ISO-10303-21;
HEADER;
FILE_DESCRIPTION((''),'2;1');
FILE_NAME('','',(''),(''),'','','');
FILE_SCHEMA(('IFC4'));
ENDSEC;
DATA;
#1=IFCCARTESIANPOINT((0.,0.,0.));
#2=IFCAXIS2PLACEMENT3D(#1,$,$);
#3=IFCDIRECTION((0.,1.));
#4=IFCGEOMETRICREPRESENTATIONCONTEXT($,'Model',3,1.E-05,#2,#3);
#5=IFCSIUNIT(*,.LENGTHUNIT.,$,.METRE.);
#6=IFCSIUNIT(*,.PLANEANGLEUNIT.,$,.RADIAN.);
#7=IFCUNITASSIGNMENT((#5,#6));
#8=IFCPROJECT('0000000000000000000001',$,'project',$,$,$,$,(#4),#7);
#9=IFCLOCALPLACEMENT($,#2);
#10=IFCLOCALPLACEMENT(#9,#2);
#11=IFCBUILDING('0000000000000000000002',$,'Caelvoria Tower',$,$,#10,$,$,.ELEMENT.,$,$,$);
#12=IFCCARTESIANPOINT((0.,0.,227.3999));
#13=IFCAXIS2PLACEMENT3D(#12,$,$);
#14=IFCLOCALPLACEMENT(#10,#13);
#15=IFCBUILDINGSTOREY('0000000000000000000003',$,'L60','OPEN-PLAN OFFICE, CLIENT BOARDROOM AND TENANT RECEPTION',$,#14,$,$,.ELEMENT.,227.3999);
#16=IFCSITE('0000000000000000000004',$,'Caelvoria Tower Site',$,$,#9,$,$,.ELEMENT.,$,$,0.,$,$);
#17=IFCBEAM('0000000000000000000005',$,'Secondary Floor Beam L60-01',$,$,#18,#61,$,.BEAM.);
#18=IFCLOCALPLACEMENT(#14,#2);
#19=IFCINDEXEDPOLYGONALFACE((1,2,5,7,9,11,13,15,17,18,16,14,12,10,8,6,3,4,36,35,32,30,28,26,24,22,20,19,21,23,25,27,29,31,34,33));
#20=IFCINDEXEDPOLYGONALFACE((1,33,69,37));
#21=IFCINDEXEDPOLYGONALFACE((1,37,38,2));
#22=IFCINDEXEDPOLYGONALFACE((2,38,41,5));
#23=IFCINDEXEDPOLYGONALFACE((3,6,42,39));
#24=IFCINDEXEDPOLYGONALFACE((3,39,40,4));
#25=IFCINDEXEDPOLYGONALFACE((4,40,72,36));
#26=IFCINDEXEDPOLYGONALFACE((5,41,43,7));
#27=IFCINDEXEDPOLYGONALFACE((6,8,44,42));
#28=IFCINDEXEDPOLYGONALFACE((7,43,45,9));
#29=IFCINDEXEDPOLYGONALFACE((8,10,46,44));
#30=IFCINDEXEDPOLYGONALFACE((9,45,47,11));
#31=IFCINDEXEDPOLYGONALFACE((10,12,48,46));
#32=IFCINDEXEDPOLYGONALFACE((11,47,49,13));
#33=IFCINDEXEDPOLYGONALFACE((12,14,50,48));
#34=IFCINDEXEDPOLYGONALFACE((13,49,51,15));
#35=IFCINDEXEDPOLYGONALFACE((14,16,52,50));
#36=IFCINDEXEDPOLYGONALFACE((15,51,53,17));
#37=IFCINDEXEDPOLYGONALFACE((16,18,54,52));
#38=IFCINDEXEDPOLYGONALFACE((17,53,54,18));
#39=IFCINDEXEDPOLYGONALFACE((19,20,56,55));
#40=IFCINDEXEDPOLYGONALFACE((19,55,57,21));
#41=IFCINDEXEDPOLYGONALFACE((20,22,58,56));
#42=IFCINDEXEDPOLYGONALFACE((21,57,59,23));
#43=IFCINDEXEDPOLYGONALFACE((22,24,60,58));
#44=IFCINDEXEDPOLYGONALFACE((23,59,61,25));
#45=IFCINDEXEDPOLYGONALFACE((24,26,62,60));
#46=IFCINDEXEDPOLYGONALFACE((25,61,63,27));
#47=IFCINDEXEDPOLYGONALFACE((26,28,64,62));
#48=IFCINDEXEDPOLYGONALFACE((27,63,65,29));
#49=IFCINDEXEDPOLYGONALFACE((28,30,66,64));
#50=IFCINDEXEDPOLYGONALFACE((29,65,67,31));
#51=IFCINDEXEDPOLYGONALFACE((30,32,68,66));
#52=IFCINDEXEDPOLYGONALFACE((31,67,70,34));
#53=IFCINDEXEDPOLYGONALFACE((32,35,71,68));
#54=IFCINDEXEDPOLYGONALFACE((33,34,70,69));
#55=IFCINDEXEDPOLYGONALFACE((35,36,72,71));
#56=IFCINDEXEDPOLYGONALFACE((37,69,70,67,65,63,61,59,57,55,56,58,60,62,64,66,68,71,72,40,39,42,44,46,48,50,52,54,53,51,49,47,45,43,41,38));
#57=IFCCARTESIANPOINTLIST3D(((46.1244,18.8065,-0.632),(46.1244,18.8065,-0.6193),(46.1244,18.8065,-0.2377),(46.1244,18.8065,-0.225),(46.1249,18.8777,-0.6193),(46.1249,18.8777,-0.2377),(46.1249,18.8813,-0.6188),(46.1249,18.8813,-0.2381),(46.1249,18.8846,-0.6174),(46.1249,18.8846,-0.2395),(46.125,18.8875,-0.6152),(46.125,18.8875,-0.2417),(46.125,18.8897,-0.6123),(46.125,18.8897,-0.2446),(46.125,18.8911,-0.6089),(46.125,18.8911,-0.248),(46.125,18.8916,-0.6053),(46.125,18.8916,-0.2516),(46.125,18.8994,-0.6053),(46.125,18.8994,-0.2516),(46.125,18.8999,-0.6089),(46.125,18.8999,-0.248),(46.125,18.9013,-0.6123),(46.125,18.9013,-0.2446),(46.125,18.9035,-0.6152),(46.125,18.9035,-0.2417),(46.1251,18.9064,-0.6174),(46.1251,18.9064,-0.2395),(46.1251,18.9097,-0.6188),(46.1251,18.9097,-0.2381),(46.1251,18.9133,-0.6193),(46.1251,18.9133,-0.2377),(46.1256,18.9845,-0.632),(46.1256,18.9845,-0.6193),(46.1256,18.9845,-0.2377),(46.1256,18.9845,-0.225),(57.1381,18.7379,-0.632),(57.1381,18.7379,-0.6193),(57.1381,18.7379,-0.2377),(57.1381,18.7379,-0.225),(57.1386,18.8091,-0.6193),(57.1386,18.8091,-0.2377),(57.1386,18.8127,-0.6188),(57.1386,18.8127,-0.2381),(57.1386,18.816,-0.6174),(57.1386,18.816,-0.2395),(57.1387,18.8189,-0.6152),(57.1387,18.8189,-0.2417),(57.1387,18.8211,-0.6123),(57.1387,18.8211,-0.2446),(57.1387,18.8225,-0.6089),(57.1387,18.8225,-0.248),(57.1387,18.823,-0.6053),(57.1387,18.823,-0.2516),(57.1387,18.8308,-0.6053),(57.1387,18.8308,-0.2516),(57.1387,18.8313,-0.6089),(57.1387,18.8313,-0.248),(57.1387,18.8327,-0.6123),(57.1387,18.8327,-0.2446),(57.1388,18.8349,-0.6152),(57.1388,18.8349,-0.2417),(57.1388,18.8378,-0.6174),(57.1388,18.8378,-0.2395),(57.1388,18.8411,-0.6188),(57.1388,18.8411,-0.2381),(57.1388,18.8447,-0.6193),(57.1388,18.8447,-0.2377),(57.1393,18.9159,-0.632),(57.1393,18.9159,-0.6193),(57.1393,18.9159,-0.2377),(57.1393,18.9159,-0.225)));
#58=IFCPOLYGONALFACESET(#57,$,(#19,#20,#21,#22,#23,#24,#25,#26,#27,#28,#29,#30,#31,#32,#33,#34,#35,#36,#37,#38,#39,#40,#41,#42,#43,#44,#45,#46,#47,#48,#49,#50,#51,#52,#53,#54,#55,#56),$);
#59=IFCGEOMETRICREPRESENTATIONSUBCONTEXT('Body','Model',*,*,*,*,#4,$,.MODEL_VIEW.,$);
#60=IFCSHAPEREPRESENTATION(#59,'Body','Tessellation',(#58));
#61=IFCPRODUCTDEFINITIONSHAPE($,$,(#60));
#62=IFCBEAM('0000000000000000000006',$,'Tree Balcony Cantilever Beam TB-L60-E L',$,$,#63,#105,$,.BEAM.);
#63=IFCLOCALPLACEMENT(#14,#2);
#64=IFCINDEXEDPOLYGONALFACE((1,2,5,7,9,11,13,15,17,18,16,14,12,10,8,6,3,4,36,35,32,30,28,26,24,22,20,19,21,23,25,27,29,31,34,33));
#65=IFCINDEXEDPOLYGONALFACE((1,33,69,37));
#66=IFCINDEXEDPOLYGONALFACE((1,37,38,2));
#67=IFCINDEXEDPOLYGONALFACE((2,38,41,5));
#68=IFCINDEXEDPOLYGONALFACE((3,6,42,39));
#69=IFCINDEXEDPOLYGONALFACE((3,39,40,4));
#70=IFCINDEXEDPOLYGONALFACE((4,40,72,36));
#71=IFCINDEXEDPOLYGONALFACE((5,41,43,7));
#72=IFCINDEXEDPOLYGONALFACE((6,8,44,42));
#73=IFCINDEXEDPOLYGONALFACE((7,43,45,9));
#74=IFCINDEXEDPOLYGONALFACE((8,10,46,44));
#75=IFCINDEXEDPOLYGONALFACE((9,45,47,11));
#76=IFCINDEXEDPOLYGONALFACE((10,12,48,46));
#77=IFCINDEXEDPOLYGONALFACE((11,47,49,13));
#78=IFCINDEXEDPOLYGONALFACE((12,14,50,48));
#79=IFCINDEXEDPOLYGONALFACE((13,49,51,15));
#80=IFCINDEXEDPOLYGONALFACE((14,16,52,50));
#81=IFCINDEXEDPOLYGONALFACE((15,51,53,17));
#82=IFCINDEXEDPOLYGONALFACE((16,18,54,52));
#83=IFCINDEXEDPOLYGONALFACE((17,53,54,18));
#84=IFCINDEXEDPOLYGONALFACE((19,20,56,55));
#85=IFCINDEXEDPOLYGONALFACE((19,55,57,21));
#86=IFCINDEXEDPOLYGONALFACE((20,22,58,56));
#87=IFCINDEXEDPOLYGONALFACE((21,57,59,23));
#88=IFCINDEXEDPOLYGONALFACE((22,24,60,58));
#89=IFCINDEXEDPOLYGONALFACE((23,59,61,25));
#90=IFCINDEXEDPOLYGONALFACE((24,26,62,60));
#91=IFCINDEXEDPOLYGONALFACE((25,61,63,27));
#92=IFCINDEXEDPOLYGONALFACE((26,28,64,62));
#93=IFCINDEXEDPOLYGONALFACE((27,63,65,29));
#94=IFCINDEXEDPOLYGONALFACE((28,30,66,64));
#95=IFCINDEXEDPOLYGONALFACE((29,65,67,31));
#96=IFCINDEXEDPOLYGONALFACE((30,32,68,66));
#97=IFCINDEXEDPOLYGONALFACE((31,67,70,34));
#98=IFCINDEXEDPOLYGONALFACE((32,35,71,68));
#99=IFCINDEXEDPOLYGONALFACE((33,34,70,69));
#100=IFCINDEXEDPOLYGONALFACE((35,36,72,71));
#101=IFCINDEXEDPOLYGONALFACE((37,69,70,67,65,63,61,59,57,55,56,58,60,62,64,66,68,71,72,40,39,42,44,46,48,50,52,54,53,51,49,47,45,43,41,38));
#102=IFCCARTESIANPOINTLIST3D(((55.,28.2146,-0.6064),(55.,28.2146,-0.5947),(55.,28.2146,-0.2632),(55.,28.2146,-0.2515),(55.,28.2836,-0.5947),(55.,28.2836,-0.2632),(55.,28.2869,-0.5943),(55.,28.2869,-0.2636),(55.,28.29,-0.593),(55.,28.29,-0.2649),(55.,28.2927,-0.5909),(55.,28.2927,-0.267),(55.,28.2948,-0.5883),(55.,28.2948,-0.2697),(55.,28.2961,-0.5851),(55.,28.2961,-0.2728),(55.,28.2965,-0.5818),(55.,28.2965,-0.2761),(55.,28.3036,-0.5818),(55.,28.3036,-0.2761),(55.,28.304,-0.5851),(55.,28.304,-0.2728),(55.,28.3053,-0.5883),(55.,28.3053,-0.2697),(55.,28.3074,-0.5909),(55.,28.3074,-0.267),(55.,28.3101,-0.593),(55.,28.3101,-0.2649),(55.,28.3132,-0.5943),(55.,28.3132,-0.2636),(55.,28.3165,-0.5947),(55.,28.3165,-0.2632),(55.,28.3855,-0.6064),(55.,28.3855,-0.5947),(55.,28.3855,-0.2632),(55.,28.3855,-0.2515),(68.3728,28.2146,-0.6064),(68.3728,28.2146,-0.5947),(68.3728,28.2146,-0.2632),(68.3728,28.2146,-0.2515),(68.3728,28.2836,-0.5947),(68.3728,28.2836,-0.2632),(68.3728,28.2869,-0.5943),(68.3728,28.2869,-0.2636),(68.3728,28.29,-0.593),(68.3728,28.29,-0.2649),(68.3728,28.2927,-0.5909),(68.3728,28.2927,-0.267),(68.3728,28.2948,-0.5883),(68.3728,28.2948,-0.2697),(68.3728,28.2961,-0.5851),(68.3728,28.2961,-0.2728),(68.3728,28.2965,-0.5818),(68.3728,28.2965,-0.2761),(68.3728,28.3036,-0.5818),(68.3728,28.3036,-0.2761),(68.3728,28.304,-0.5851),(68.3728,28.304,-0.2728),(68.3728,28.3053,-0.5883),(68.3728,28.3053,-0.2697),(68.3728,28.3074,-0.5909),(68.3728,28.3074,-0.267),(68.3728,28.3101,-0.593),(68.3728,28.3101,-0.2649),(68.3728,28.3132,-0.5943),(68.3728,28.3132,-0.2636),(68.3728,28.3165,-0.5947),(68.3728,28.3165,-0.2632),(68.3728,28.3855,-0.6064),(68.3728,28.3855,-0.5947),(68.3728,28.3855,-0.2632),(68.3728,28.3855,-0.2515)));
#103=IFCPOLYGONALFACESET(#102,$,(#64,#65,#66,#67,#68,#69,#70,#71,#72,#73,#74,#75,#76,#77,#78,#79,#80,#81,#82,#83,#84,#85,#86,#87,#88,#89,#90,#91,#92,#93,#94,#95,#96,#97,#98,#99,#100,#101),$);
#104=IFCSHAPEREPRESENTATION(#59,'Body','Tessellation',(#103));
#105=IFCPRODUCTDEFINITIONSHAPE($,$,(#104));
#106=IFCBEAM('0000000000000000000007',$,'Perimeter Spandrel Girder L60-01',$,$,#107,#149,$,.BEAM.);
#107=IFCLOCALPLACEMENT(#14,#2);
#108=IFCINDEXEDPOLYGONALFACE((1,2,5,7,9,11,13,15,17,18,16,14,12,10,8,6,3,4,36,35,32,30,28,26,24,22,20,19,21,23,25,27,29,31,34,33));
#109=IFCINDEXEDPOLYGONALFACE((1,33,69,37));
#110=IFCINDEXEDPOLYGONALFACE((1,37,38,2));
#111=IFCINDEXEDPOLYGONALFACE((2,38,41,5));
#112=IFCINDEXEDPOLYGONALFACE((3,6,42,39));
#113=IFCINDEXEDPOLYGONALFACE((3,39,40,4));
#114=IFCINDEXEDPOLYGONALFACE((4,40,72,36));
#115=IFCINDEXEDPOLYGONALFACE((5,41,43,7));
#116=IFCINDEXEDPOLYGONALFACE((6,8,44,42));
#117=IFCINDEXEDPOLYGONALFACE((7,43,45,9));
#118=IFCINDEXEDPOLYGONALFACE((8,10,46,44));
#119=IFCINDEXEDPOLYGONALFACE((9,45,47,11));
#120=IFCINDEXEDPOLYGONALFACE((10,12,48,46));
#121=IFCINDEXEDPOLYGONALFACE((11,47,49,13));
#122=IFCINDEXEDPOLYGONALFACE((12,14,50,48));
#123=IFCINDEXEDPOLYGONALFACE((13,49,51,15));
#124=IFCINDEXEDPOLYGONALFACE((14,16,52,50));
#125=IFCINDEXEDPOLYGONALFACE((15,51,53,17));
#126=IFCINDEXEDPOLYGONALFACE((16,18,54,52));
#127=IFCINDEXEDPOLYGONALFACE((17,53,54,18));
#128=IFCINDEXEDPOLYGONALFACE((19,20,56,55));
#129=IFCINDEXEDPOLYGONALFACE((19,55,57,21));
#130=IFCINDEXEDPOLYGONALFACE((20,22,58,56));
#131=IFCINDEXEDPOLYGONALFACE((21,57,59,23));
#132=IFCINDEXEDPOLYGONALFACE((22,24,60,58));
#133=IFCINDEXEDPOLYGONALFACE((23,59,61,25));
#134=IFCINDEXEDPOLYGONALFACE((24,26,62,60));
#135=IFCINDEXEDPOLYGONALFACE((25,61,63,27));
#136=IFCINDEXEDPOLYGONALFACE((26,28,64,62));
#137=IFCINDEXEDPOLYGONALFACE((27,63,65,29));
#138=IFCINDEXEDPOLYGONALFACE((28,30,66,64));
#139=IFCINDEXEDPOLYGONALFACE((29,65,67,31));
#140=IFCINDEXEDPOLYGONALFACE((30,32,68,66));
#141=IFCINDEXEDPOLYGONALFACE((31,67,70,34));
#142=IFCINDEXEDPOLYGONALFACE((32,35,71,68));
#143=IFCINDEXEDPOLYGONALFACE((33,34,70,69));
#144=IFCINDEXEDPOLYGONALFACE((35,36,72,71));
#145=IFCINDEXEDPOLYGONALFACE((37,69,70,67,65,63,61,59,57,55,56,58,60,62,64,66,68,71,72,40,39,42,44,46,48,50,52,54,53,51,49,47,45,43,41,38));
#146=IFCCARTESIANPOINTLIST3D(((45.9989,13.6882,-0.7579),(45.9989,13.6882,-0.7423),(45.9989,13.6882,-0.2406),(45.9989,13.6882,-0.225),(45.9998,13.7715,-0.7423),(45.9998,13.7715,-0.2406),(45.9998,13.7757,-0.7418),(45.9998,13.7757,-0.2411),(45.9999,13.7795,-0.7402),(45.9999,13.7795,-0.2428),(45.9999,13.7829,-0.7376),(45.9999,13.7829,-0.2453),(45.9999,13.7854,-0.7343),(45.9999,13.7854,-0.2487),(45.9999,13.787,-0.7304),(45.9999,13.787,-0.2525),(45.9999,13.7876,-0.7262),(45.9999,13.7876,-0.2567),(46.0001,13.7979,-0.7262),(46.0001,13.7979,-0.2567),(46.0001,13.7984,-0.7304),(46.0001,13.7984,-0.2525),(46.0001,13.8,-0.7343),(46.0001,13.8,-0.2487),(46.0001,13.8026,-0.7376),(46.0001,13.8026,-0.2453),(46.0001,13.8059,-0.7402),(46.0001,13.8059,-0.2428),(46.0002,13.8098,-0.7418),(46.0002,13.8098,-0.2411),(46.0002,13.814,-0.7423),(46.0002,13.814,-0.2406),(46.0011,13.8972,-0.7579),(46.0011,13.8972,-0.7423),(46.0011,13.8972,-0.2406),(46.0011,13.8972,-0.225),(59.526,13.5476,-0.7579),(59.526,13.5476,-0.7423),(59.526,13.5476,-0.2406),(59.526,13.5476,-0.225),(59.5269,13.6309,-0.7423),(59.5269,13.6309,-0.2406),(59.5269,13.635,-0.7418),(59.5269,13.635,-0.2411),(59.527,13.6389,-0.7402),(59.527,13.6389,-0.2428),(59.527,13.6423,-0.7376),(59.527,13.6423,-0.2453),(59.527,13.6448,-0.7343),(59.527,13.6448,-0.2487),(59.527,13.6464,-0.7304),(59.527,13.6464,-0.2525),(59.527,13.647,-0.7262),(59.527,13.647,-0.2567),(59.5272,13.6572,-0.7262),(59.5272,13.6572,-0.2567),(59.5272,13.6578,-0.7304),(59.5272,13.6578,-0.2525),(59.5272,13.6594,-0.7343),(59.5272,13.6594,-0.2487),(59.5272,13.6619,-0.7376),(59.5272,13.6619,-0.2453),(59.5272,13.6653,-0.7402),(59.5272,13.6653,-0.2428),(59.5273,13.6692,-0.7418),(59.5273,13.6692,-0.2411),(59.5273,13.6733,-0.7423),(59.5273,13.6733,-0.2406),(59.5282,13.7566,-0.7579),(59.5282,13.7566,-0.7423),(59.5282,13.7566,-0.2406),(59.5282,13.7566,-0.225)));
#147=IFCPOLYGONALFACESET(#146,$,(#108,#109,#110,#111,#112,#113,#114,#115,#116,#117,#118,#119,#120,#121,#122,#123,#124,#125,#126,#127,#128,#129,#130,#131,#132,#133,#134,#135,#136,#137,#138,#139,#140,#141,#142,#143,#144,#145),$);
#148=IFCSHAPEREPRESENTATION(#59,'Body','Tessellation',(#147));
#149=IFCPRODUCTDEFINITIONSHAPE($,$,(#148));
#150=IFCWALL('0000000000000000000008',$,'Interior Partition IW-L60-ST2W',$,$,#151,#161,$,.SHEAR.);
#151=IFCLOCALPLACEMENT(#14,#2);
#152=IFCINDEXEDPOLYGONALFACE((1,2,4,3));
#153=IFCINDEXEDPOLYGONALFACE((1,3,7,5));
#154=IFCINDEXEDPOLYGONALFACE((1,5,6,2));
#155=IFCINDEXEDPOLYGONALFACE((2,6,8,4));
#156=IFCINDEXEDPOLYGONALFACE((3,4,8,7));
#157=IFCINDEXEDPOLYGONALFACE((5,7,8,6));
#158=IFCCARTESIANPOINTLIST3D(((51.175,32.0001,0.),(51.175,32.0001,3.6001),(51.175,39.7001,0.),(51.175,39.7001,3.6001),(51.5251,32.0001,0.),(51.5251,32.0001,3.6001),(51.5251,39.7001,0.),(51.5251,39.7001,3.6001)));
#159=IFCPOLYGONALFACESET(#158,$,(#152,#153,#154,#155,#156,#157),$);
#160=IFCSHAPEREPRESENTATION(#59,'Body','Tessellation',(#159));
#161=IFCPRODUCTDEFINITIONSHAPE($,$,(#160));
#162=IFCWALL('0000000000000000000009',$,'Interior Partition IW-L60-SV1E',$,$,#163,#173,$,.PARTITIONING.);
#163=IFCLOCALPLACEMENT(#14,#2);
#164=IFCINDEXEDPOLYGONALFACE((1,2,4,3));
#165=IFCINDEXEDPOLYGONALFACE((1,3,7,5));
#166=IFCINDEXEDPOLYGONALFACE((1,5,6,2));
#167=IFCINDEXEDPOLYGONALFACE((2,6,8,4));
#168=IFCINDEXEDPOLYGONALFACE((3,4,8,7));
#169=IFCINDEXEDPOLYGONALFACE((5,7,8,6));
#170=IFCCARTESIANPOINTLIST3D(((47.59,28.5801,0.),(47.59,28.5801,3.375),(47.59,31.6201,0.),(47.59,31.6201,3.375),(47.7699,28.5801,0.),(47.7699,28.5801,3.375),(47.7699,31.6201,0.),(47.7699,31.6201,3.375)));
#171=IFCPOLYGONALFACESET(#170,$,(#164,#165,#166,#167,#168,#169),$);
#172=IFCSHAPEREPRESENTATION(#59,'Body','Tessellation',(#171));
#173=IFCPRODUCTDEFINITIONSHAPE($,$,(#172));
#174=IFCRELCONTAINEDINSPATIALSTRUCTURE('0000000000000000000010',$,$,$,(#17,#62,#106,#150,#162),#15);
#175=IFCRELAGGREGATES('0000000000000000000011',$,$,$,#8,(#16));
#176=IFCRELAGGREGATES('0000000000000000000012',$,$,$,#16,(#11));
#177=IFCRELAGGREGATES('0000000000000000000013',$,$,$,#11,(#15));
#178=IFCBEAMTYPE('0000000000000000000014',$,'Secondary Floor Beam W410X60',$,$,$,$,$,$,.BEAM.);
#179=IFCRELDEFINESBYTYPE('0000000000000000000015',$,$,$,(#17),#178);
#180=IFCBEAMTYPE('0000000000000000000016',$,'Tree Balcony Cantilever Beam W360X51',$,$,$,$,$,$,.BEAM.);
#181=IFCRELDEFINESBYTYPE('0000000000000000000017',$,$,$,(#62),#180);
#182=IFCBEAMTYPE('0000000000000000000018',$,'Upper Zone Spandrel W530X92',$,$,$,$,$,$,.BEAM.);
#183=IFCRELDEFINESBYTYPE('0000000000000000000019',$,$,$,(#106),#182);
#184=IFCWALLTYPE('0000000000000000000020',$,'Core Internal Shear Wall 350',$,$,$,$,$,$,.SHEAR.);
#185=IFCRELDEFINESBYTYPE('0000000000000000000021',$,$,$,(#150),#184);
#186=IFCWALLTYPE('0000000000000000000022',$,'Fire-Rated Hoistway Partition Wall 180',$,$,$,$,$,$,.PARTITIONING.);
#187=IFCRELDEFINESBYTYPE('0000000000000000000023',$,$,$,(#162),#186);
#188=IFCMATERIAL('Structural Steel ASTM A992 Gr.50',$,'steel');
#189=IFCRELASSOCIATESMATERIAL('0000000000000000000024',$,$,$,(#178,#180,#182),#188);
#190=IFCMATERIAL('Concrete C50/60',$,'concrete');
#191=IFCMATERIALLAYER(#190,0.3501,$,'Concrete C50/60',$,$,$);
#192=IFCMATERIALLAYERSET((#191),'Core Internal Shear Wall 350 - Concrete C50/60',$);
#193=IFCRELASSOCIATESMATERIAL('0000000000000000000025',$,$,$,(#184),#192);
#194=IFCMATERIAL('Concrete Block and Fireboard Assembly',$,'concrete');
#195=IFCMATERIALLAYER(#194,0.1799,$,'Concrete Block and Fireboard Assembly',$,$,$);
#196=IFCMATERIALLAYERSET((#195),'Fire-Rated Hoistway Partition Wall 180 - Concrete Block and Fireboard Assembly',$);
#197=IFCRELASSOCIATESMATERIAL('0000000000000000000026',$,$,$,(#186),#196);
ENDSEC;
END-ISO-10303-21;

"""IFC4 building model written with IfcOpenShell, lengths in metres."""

from ifc_helpers import new_model, si_unit, direction, frame, frame_2d, origin, origin_2d, place, context, subcontext, project, spatial, rectangle, i_section, extrude, material, layer, layer_set, material_profile, profile_set, type_object, element, save


model = new_model("IFC4")

# Units and contexts
model_context = context("Model", 3, precision=1e-05, world=origin(), true_north=direction((0.0, 1.0)))
body_context = subcontext(model_context, "Body", "Model", "MODEL_VIEW")
ifc_project = project(units=[si_unit("LENGTHUNIT", "METRE"), si_unit("PLANEANGLEUNIT", "RADIAN")], contexts=[model_context])

# Site, building, storey
site_placement = place(None, origin())
site = spatial("IfcSite", under=ifc_project, at=site_placement, Name="Caelvoria Tower Site", CompositionType="ELEMENT", RefElevation=0.0)
building_placement = place(site_placement, origin())
building = spatial("IfcBuilding", under=site, at=building_placement, Name="Caelvoria Tower", CompositionType="ELEMENT")
storey_placement = place(building_placement, frame((0.0, 0.0, 227.3999)))
storey = spatial("IfcBuildingStorey", under=building, at=storey_placement, Name="L60", Description="OPEN-PLAN OFFICE, CLIENT BOARDROOM AND TENANT RECEPTION", CompositionType="ELEMENT", Elevation=227.3999)

# Shared definitions
ifc_material_1 = material(Name="Structural Steel ASTM A992 Gr.50", Category="steel")

# Beams
ifc_material_profile_1 = material_profile(ifc_material_1, i_section(OverallWidth=0.178, OverallDepth=0.407, WebThickness=0.0078, FlangeThickness=0.0127, FilletRadius=0.0139, at=origin_2d()), Name="Structural Steel ASTM A992 Gr.50")
ifc_profile_set_1 = profile_set([ifc_material_profile_1], Name="W410X60 - Structural Steel ASTM A992 Gr.50")
beam_type_1 = type_object("IfcBeamType", Name="Secondary Floor Beam W410X60", PredefinedType="BEAM", material=ifc_profile_set_1)
beam_1_placement = place(storey_placement, frame((46.125, 18.8955, -0.4285), z_axis=(0.999981, -0.006229, 0.0), x_axis=(0.006229, 0.999981, 0.0)))
element("IfcBeam", 1, at=beam_1_placement, inside=storey, type_object=beam_type_1, Name="Secondary Floor Beam L60-01", PredefinedType="BEAM", context=body_context, shape_type="SweptSolid", body=[
    extrude(i_section(OverallWidth=0.178, OverallDepth=0.407, WebThickness=0.0078, FlangeThickness=0.0127, FilletRadius=0.0139, at=origin_2d()), origin(), (0.0, 0.0, 1.0), 11.0139),
])
ifc_material_profile_2 = material_profile(ifc_material_1, i_section(OverallWidth=0.1709, OverallDepth=0.355, WebThickness=0.0071, FlangeThickness=0.0117, FilletRadius=0.0129, at=origin_2d()), Name="Structural Steel ASTM A992 Gr.50")
ifc_profile_set_2 = profile_set([ifc_material_profile_2], Name="W360X51 - Structural Steel ASTM A992 Gr.50")
beam_type_2 = type_object("IfcBeamType", Name="Tree Balcony Cantilever Beam W360X51", PredefinedType="BEAM", material=ifc_profile_set_2)
beam_2_placement = place(storey_placement, frame((55.0, 28.3, -0.429), z_axis=(1.0, 0.0, 0.0), x_axis=(0.0, 1.0, 0.0)))
element("IfcBeam", 2, at=beam_2_placement, inside=storey, type_object=beam_type_2, Name="Tree Balcony Cantilever Beam TB-L60-E L", PredefinedType="BEAM", context=body_context, shape_type="SweptSolid", body=[
    extrude(i_section(OverallWidth=0.1709, OverallDepth=0.355, WebThickness=0.0071, FlangeThickness=0.0117, FilletRadius=0.0129, at=origin_2d()), origin(), (0.0, 0.0, 1.0), 13.3728),
])
ifc_material_profile_3 = material_profile(ifc_material_1, i_section(OverallWidth=0.209, OverallDepth=0.533, WebThickness=0.0103, FlangeThickness=0.0156, FilletRadius=0.0161, at=origin_2d()), Name="Structural Steel ASTM A992 Gr.50")
ifc_profile_set_3 = profile_set([ifc_material_profile_3], Name="W530X92 - Structural Steel ASTM A992 Gr.50")
beam_type_3 = type_object("IfcBeamType", Name="Upper Zone Spandrel W530X92", PredefinedType="BEAM", material=ifc_profile_set_3)
beam_3_placement = place(storey_placement, frame((46.0, 13.7927, -0.4915), z_axis=(0.999946, -0.010395, 0.0), x_axis=(0.010395, 0.999946, 0.0)))
element("IfcBeam", 3, at=beam_3_placement, inside=storey, type_object=beam_type_3, Name="Perimeter Spandrel Girder L60-01", PredefinedType="BEAM", context=body_context, shape_type="SweptSolid", body=[
    extrude(i_section(OverallWidth=0.209, OverallDepth=0.533, WebThickness=0.0103, FlangeThickness=0.0156, FilletRadius=0.0161, at=origin_2d()), origin(), (0.0, 0.0, 1.0), 13.5278),
])

# Wall
ifc_material_2 = material(Name="Concrete C50/60", Category="concrete")
ifc_layer_1 = layer(ifc_material_2, 0.3501, Name="Concrete C50/60")
ifc_layer_set_1 = layer_set([ifc_layer_1], Name="Core Internal Shear Wall 350 - Concrete C50/60")
wall_type_1 = type_object("IfcWallType", Name="Core Internal Shear Wall 350", PredefinedType="SHEAR", material=ifc_layer_set_1)
wall_1_placement = place(storey_placement, frame((51.3501, 32.0, 0.0), z_axis=(0.0, 0.0, 1.0), x_axis=(0.0, 1.0, 0.0)))
element("IfcWall", 4, at=wall_1_placement, inside=storey, type_object=wall_type_1, Name="Interior Partition IW-L60-ST2W", PredefinedType="SHEAR", context=body_context, shape_type="SweptSolid", body=[
    extrude(rectangle(XDim=7.7, YDim=0.3501, at=frame_2d((3.8501, 0.0))), origin(), (0.0, 0.0, 1.0), 3.6001),
])

# Wall
ifc_material_3 = material(Name="Concrete Block and Fireboard Assembly", Category="concrete")
ifc_layer_2 = layer(ifc_material_3, 0.1799, Name="Concrete Block and Fireboard Assembly")
ifc_layer_set_2 = layer_set([ifc_layer_2], Name="Fire-Rated Hoistway Partition Wall 180 - Concrete Block and Fireboard Assembly")
wall_type_2 = type_object("IfcWallType", Name="Fire-Rated Hoistway Partition Wall 180", PredefinedType="PARTITIONING", material=ifc_layer_set_2)
wall_2_placement = place(storey_placement, frame((47.6799, 28.5801, 0.0), z_axis=(0.0, 0.0, 1.0), x_axis=(0.0, 1.0, 0.0)))
element("IfcWall", 5, at=wall_2_placement, inside=storey, type_object=wall_type_2, Name="Interior Partition IW-L60-SV1E", PredefinedType="PARTITIONING", context=body_context, shape_type="SweptSolid", body=[
    extrude(rectangle(XDim=3.04, YDim=0.1799, at=frame_2d((1.52, 0.0))), origin(), (0.0, 0.0, 1.0), 3.375),
])

save(model, "model.ifc")
